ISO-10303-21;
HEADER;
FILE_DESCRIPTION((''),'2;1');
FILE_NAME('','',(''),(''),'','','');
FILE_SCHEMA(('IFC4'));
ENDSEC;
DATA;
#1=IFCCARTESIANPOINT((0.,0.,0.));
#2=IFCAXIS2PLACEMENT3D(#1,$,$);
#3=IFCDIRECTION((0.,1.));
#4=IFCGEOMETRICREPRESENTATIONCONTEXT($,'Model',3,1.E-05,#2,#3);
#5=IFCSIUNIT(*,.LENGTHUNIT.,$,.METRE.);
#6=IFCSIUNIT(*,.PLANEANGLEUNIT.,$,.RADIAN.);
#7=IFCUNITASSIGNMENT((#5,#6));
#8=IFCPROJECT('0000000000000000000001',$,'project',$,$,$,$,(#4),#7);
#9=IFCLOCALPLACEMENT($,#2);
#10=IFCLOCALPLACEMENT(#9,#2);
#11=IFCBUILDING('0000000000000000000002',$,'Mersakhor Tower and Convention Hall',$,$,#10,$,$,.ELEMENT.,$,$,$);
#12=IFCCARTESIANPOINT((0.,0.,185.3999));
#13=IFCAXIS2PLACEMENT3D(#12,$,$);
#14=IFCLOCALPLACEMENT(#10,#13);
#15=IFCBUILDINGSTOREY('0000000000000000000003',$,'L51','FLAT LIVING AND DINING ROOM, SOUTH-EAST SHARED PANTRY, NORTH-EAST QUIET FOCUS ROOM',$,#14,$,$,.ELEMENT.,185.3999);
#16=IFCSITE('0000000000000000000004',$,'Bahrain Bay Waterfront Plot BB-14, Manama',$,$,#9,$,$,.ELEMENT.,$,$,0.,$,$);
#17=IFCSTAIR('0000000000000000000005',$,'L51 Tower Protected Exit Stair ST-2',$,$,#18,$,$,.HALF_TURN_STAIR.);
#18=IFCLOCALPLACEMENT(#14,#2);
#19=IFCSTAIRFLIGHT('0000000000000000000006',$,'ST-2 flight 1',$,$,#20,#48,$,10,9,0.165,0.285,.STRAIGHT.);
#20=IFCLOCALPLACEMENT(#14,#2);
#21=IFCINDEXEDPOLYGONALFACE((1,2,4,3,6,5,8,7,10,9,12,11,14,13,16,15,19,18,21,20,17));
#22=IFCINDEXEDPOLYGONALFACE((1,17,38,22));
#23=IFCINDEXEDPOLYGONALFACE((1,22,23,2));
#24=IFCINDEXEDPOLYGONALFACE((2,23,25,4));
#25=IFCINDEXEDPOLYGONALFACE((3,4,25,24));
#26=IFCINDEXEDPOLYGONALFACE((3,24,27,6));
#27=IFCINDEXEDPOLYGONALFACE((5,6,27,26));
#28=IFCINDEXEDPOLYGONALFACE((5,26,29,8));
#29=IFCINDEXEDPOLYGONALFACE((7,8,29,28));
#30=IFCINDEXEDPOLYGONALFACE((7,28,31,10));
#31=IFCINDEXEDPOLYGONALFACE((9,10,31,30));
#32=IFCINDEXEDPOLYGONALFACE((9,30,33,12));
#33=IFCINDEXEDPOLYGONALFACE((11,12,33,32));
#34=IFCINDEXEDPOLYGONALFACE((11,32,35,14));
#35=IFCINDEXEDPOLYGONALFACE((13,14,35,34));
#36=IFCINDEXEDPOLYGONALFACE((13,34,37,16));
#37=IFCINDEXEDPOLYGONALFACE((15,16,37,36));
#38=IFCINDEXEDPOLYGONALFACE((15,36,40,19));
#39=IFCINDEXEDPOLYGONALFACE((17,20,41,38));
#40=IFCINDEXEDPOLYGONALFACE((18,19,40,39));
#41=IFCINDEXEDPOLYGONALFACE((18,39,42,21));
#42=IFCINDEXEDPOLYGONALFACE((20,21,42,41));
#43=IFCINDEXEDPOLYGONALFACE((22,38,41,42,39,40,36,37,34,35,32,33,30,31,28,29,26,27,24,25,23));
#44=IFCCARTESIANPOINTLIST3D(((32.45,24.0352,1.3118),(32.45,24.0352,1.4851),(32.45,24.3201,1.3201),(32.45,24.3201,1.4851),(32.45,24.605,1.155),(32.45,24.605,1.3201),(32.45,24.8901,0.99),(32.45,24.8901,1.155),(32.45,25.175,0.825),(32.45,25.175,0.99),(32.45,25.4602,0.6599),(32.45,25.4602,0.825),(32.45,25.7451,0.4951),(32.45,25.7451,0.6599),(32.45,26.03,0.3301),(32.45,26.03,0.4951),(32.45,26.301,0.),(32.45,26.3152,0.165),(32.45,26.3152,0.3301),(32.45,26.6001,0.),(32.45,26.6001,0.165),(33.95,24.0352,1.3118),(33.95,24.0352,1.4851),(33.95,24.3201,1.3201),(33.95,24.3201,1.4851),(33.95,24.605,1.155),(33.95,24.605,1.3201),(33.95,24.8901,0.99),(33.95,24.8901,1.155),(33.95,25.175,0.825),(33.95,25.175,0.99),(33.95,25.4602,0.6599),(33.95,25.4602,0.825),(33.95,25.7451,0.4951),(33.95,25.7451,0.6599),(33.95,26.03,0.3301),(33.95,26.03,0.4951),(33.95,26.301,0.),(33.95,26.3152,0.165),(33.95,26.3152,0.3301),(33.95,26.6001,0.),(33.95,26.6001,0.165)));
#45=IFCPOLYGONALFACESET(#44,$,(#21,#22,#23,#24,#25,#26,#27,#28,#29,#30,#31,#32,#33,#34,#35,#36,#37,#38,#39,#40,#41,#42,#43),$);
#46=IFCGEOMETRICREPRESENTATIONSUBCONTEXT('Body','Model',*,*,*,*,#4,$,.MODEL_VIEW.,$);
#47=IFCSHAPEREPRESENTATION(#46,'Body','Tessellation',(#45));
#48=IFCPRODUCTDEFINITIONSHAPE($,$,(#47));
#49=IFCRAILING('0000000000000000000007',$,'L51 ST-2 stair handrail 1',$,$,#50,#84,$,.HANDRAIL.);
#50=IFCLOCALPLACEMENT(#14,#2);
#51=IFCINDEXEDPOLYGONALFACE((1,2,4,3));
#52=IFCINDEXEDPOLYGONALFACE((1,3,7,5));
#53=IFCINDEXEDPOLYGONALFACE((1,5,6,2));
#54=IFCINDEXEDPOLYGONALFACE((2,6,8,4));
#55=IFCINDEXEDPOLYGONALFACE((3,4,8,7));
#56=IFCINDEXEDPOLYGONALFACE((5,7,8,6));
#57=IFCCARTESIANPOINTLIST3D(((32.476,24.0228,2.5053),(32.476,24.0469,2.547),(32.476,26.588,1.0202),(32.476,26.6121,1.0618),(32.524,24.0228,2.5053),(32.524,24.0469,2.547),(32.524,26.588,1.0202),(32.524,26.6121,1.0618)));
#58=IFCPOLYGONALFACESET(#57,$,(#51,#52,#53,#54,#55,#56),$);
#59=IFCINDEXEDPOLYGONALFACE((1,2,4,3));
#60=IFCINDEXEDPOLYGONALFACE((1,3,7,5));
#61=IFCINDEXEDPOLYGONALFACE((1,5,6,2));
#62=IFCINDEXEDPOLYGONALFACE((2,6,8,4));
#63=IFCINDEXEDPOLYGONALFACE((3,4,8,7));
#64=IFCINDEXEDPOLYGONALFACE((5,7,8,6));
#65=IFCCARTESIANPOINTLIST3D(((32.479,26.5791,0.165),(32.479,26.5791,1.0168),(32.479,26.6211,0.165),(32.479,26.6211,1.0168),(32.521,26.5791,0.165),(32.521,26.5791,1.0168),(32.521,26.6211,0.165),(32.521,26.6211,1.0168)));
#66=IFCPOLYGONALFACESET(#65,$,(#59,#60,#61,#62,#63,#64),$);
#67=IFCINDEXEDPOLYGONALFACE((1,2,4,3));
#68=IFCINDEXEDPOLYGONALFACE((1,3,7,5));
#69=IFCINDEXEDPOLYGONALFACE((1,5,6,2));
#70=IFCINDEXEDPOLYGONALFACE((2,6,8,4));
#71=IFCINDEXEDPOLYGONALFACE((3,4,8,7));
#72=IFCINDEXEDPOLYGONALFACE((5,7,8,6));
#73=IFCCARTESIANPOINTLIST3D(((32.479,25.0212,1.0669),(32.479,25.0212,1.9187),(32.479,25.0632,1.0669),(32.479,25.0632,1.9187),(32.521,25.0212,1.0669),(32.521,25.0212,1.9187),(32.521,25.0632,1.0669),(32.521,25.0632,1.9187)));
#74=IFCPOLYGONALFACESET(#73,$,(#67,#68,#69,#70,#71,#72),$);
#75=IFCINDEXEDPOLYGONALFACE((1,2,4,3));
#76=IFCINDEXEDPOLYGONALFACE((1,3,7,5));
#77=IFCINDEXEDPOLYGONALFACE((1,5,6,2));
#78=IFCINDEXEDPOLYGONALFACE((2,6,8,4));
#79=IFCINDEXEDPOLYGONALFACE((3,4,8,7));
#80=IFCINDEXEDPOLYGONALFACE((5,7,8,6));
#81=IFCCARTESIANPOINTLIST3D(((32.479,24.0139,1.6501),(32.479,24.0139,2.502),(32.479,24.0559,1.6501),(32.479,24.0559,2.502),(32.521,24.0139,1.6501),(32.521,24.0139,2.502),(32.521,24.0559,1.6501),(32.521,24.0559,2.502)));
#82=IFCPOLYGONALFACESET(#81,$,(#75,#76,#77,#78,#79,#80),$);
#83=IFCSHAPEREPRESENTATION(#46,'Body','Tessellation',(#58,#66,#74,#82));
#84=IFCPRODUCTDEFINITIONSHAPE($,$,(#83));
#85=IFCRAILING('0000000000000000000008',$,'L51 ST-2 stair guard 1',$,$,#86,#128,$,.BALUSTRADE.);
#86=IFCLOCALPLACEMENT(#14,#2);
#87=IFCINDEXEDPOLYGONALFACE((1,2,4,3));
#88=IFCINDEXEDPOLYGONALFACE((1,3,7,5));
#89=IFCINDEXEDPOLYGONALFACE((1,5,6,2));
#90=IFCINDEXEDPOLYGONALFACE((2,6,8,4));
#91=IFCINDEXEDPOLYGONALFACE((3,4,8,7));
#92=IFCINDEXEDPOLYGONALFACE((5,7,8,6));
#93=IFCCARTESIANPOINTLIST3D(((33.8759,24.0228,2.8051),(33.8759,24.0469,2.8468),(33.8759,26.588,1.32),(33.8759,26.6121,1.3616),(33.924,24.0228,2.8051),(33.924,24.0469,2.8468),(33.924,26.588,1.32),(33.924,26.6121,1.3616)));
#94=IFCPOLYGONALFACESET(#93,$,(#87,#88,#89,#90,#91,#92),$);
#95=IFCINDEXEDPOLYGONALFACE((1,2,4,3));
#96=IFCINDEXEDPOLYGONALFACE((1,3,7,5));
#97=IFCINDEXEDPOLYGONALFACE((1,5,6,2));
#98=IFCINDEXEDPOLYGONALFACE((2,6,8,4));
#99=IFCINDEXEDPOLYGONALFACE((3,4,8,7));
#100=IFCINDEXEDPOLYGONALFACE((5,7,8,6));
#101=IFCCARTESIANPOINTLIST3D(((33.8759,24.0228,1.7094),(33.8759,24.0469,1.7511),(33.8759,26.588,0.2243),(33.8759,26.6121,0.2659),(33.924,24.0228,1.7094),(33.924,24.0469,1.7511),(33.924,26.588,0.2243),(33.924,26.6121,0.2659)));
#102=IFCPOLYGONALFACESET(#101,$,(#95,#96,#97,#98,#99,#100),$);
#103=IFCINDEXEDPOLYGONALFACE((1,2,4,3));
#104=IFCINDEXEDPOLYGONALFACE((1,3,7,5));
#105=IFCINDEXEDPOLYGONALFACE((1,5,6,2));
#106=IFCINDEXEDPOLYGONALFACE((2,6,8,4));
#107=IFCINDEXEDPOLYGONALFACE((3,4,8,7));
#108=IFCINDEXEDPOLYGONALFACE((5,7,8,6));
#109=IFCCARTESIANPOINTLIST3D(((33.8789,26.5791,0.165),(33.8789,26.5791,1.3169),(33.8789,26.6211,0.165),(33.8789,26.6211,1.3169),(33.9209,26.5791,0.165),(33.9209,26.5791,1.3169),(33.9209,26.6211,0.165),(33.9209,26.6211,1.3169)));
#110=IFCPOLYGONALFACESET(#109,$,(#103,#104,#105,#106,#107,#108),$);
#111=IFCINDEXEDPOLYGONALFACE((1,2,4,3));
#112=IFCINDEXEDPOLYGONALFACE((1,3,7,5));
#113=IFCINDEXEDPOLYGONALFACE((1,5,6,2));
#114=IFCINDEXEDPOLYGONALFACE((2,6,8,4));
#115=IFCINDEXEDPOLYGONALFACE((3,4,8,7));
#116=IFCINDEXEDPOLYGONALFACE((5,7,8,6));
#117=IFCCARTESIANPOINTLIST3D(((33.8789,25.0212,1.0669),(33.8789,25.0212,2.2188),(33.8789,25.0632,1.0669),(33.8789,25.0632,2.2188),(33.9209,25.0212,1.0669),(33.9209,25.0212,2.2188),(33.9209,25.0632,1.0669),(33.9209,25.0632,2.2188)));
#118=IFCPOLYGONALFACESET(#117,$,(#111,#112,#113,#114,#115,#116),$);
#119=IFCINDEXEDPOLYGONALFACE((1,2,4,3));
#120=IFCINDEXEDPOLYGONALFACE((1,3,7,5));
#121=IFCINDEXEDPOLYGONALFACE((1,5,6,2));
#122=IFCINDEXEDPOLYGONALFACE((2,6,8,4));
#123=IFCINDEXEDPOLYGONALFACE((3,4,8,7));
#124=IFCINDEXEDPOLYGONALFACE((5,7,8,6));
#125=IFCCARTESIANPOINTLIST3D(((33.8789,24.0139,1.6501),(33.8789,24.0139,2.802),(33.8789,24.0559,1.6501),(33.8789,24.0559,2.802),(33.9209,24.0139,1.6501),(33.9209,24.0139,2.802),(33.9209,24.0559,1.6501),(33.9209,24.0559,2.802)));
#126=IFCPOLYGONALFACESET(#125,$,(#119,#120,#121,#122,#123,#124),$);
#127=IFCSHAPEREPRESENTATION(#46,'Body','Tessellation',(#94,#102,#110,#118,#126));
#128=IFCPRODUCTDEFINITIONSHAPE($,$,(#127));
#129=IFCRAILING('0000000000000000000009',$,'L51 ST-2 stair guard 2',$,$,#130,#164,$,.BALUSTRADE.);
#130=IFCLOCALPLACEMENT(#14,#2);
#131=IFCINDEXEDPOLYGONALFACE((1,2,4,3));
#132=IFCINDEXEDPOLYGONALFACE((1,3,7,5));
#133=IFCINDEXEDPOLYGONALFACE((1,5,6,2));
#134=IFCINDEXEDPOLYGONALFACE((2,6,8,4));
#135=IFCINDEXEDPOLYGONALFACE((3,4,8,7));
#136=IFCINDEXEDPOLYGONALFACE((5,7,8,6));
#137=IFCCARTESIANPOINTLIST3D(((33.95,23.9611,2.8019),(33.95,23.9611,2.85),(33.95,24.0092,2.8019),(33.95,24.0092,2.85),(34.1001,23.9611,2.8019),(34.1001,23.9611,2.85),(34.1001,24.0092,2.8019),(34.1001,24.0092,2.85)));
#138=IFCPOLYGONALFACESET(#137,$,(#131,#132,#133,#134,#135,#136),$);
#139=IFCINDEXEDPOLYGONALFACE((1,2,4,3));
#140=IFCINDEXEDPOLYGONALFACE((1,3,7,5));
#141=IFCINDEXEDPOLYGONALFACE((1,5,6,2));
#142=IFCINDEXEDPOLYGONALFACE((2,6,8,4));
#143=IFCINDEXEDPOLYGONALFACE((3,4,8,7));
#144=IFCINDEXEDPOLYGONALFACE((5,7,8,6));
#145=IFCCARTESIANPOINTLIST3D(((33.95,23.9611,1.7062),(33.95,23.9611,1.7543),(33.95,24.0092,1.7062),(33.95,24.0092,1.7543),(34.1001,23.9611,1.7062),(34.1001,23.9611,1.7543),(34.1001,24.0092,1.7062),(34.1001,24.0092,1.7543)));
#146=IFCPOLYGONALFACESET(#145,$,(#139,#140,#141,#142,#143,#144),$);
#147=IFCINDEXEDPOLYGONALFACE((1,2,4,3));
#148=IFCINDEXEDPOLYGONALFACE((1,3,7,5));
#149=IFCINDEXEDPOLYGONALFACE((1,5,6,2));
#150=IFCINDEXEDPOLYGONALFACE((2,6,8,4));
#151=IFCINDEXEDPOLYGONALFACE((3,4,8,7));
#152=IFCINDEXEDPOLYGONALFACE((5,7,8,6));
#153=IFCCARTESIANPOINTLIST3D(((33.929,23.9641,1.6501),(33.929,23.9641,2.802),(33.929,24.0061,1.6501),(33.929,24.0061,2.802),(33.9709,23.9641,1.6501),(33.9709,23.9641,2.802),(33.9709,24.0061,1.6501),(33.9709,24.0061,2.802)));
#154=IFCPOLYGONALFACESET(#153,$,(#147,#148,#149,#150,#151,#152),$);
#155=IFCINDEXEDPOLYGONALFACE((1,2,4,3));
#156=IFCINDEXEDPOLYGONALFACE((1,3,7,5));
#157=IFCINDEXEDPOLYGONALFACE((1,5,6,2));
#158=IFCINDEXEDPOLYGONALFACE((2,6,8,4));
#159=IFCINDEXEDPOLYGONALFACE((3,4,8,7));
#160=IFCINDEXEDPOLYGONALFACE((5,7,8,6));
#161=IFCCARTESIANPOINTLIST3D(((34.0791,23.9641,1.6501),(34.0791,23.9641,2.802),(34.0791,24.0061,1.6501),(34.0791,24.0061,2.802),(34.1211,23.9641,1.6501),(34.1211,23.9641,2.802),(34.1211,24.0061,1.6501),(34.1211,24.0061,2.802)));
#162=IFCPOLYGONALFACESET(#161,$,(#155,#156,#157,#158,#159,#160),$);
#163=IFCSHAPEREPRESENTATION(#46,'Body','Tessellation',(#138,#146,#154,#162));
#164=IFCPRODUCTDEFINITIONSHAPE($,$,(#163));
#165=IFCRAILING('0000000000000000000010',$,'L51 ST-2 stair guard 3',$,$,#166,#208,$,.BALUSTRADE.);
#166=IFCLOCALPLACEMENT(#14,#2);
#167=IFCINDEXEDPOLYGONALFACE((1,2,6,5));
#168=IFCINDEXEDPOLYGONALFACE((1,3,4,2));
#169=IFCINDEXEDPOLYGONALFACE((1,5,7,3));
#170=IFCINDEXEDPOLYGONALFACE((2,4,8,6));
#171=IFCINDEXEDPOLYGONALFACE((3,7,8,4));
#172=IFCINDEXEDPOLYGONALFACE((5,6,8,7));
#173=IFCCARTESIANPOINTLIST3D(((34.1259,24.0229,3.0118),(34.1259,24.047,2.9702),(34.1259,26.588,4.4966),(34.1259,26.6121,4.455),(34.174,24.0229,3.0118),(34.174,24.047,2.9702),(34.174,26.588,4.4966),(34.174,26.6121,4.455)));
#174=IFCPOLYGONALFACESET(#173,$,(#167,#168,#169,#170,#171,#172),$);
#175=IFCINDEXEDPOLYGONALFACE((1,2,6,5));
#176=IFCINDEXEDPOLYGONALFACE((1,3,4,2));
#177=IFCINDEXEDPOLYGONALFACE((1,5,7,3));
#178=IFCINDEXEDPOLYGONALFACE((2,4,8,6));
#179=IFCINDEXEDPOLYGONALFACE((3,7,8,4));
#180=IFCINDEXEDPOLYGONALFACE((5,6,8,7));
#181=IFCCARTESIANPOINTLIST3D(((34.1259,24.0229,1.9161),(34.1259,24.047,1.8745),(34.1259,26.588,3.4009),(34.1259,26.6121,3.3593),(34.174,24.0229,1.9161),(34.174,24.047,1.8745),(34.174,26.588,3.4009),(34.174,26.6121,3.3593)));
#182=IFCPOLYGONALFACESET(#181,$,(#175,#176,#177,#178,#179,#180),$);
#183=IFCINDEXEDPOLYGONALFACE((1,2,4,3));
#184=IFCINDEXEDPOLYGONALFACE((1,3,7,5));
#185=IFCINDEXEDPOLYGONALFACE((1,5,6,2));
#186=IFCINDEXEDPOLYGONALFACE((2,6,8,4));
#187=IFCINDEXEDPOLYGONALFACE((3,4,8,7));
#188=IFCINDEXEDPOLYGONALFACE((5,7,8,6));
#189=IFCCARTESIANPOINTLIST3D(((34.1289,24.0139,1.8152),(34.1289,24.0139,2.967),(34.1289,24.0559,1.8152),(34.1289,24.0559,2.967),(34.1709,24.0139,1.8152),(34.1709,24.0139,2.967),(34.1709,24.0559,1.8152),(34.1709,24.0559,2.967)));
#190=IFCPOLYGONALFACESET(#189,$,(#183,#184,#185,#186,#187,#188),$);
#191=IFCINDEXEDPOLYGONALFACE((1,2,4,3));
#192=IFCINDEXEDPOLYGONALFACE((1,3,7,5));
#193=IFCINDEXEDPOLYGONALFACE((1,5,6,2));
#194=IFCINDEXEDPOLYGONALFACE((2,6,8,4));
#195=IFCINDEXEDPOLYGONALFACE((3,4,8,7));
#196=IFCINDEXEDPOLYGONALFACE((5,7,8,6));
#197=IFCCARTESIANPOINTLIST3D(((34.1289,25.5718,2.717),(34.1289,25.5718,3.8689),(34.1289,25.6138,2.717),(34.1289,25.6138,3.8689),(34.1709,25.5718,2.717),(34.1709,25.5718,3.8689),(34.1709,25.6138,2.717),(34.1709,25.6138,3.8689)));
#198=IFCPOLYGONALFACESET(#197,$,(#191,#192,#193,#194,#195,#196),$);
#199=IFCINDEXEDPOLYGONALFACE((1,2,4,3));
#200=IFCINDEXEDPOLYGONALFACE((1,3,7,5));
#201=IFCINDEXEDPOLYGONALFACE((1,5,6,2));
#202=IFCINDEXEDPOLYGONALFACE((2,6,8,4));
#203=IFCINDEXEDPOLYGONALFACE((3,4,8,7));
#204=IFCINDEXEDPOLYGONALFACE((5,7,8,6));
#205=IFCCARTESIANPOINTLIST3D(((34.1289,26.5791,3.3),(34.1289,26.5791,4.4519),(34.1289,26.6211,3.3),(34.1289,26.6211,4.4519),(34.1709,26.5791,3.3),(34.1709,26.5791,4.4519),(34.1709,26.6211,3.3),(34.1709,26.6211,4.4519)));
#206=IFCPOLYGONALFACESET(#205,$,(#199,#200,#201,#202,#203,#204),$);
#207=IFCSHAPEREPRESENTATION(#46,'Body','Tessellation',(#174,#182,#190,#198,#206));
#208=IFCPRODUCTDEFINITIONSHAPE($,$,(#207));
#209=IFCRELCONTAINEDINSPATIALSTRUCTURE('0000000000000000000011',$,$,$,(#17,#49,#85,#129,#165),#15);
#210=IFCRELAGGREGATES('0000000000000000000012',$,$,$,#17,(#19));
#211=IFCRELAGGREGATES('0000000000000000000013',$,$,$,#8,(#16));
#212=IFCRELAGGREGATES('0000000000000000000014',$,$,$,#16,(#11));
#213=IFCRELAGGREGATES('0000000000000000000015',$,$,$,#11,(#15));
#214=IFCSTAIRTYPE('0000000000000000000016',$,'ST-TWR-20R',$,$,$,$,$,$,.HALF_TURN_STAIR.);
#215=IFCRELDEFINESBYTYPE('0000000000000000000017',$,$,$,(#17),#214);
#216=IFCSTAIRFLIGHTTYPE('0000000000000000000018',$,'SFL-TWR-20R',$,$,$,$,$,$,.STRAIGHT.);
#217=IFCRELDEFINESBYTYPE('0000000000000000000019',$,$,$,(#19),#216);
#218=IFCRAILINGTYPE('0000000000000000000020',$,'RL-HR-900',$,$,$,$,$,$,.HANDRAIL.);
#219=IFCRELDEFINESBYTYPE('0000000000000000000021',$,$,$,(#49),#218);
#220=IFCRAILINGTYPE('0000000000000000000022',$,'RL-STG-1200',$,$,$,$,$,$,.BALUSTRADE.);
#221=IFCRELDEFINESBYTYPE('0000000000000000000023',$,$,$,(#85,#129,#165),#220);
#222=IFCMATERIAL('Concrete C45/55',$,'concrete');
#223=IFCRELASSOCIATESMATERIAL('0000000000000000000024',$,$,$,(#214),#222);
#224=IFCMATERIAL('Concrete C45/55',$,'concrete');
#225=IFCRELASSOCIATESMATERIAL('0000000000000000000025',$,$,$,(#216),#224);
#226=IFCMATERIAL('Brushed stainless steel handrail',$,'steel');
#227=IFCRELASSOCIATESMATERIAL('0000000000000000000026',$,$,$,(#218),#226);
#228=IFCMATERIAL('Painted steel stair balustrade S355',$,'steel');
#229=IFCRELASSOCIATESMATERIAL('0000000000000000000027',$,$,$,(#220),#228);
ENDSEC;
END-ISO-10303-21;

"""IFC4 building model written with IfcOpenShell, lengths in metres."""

from ifc_helpers import new_model, si_unit, direction, frame, origin, origin_2d, place, context, subcontext, project, spatial, polyline, rectangle, outline, extrude, material, type_object, element, aggregate, save


model = new_model("IFC4")

# Units and contexts
model_context = context("Model", 3, precision=1e-05, world=origin(), true_north=direction((0.0, 1.0)))
body_context = subcontext(model_context, "Body", "Model", "MODEL_VIEW")
ifc_project = project(units=[si_unit("LENGTHUNIT", "METRE"), si_unit("PLANEANGLEUNIT", "RADIAN")], contexts=[model_context])

# Site, building, storey
site_placement = place(None, origin())
site = spatial("IfcSite", under=ifc_project, at=site_placement, Name="Bahrain Bay Waterfront Plot BB-14, Manama", CompositionType="ELEMENT", RefElevation=0.0)
building_placement = place(site_placement, origin())
building = spatial("IfcBuilding", under=site, at=building_placement, Name="Mersakhor Tower and Convention Hall", CompositionType="ELEMENT")
storey_placement = place(building_placement, frame((0.0, 0.0, 185.3999)))
storey = spatial("IfcBuildingStorey", under=building, at=storey_placement, Name="L51", Description="FLAT LIVING AND DINING ROOM, SOUTH-EAST SHARED PANTRY, NORTH-EAST QUIET FOCUS ROOM", CompositionType="ELEMENT", Elevation=185.3999)

# Stair, stair flight
ifc_material_1 = material(Name="Concrete C45/55", Category="concrete")
stair_type = type_object("IfcStairType", Name="ST-TWR-20R", PredefinedType="HALF_TURN_STAIR", material=ifc_material_1)
stair_placement = place(storey_placement, origin())
stair = element("IfcStair", 1, at=stair_placement, inside=storey, type_object=stair_type, Name="L51 Tower Protected Exit Stair ST-2", PredefinedType="HALF_TURN_STAIR")
ifc_material_2 = material(Name="Concrete C45/55", Category="concrete")
stair_flight_type = type_object("IfcStairFlightType", Name="SFL-TWR-20R", PredefinedType="STRAIGHT", material=ifc_material_2)
stair_flight_placement = place(storey_placement, frame((33.2, 26.6001, 0.0), z_axis=(0.0, 0.0, 1.0), x_axis=(0.0, -1.0, 0.0)))
stair_flight = element("IfcStairFlight", 2, at=stair_flight_placement, type_object=stair_flight_type, Name="ST-2 flight 1", NumberOfRisers=10, NumberOfTreads=9, PredefinedType="STRAIGHT", RiserHeight=0.165, TreadLength=0.285, context=body_context, shape_type="SweptSolid", body=[
    extrude(outline(polyline([(0.0, 0.0), (0.0, 0.165), (0.2849, 0.165), (0.2849, 0.3301), (0.5701, 0.3301), (0.5701, 0.4951), (0.855, 0.4951), (0.855, 0.6599), (1.1399, 0.6599), (1.1399, 0.825), (1.425, 0.825), (1.425, 0.99), (1.71, 0.99), (1.71, 1.155), (1.9951, 1.155), (1.9951, 1.3201), (2.28, 1.3201), (2.28, 1.4851), (2.5649, 1.4851), (2.5649, 1.6499), (2.5649, 1.3118), (0.2991, 0.0), (0.0, 0.0)])), frame((0.0, 0.75, 0.0), z_axis=(0.0, -1.0, 0.0), x_axis=(1.0, 0.0, 0.0)), (0.0, 0.0, 1.0), 1.5),
])
aggregate(stair, [stair_flight])

# Railings
ifc_material_3 = material(Name="Brushed stainless steel handrail", Category="steel")
railing_type_1 = type_object("IfcRailingType", Name="RL-HR-900", PredefinedType="HANDRAIL", material=ifc_material_3)
railing_1_placement = place(storey_placement, frame((32.5, 26.6001, 0.165)))
element("IfcRailing", 3, at=railing_1_placement, inside=storey, type_object=railing_type_1, Name="L51 ST-2 stair handrail 1", PredefinedType="HANDRAIL", context=body_context, shape_type="SweptSolid", body=[
    extrude(rectangle(XDim=0.0481, YDim=0.0481, at=origin_2d()), frame((0.0, 0.0, 0.876), z_axis=(0.0, -0.865426, 0.501036), x_axis=(1.0, 0.0, 0.0)), (0.0, 0.0, 1.0), 2.9641),
    extrude(rectangle(XDim=0.042, YDim=0.042, at=origin_2d()), origin(), (0.0, 0.0, 1.0), 0.8518),
    extrude(rectangle(XDim=0.042, YDim=0.042, at=origin_2d()), frame((0.0, -1.5579, 0.9019)), (0.0, 0.0, 1.0), 0.8518),
    extrude(rectangle(XDim=0.042, YDim=0.042, at=origin_2d()), frame((0.0, -2.5652, 1.4851)), (0.0, 0.0, 1.0), 0.8518),
])
ifc_material_4 = material(Name="Painted steel stair balustrade S355", Category="steel")
railing_type_2 = type_object("IfcRailingType", Name="RL-STG-1200", PredefinedType="BALUSTRADE", material=ifc_material_4)
railing_2_placement = place(storey_placement, frame((33.8999, 26.6001, 0.165)))
element("IfcRailing", 4, at=railing_2_placement, inside=storey, type_object=railing_type_2, Name="L51 ST-2 stair guard 1", PredefinedType="BALUSTRADE", context=body_context, shape_type="SweptSolid", body=[
    extrude(rectangle(XDim=0.0481, YDim=0.0481, at=origin_2d()), frame((0.0, 0.0, 1.1758), z_axis=(0.0, -0.865426, 0.501036), x_axis=(1.0, 0.0, 0.0)), (0.0, 0.0, 1.0), 2.9641),
    extrude(rectangle(XDim=0.0481, YDim=0.0481, at=origin_2d()), frame((0.0, 0.0, 0.0801), z_axis=(0.0, -0.865426, 0.501036), x_axis=(1.0, 0.0, 0.0)), (0.0, 0.0, 1.0), 2.9641),
    extrude(rectangle(XDim=0.042, YDim=0.042, at=origin_2d()), origin(), (0.0, 0.0, 1.0), 1.1519),
    extrude(rectangle(XDim=0.042, YDim=0.042, at=origin_2d()), frame((0.0, -1.5579, 0.9019)), (0.0, 0.0, 1.0), 1.1519),
    extrude(rectangle(XDim=0.042, YDim=0.042, at=origin_2d()), frame((0.0, -2.5652, 1.4851)), (0.0, 0.0, 1.0), 1.1519),
])
railing_3_placement = place(storey_placement, frame((33.95, 23.9851, 1.6501)))
element("IfcRailing", 5, at=railing_3_placement, inside=storey, type_object=railing_type_2, Name="L51 ST-2 stair guard 2", PredefinedType="BALUSTRADE", context=body_context, shape_type="SweptSolid", body=[
    extrude(rectangle(XDim=0.0481, YDim=0.0481, at=origin_2d()), frame((0.0, 0.0, 1.1758), z_axis=(1.0, 0.0, 0.0), x_axis=(0.0, 1.0, 0.0)), (0.0, 0.0, 1.0), 0.1501),
    extrude(rectangle(XDim=0.0481, YDim=0.0481, at=origin_2d()), frame((0.0, 0.0, 0.0801), z_axis=(1.0, 0.0, 0.0), x_axis=(0.0, 1.0, 0.0)), (0.0, 0.0, 1.0), 0.1501),
    extrude(rectangle(XDim=0.042, YDim=0.042, at=origin_2d()), origin(), (0.0, 0.0, 1.0), 1.1519),
    extrude(rectangle(XDim=0.042, YDim=0.042, at=origin_2d()), frame((0.1501, 0.0, 0.0)), (0.0, 0.0, 1.0), 1.1519),
])
railing_4_placement = place(storey_placement, frame((34.1499, 24.0349, 1.8152)))
element("IfcRailing", 6, at=railing_4_placement, inside=storey, type_object=railing_type_2, Name="L51 ST-2 stair guard 3", PredefinedType="BALUSTRADE", context=body_context, shape_type="SweptSolid", body=[
    extrude(rectangle(XDim=0.0481, YDim=0.0481, at=origin_2d()), frame((0.0, 0.0, 1.1758), z_axis=(0.0, 0.865462, 0.500975), x_axis=(-1.0, 0.0, 0.0)), (0.0, 0.0, 1.0), 2.9639),
    extrude(rectangle(XDim=0.0481, YDim=0.0481, at=origin_2d()), frame((0.0, 0.0, 0.0801), z_axis=(0.0, 0.865462, 0.500975), x_axis=(-1.0, 0.0, 0.0)), (0.0, 0.0, 1.0), 2.9639),
    extrude(rectangle(XDim=0.042, YDim=0.042, at=origin_2d()), origin(), (0.0, 0.0, 1.0), 1.1519),
    extrude(rectangle(XDim=0.042, YDim=0.042, at=origin_2d()), frame((0.0, 1.5579, 0.9019)), (0.0, 0.0, 1.0), 1.1519),
    extrude(rectangle(XDim=0.042, YDim=0.042, at=origin_2d()), frame((0.0, 2.5652, 1.4849)), (0.0, 0.0, 1.0), 1.1519),
])

save(model, "model.ifc")
